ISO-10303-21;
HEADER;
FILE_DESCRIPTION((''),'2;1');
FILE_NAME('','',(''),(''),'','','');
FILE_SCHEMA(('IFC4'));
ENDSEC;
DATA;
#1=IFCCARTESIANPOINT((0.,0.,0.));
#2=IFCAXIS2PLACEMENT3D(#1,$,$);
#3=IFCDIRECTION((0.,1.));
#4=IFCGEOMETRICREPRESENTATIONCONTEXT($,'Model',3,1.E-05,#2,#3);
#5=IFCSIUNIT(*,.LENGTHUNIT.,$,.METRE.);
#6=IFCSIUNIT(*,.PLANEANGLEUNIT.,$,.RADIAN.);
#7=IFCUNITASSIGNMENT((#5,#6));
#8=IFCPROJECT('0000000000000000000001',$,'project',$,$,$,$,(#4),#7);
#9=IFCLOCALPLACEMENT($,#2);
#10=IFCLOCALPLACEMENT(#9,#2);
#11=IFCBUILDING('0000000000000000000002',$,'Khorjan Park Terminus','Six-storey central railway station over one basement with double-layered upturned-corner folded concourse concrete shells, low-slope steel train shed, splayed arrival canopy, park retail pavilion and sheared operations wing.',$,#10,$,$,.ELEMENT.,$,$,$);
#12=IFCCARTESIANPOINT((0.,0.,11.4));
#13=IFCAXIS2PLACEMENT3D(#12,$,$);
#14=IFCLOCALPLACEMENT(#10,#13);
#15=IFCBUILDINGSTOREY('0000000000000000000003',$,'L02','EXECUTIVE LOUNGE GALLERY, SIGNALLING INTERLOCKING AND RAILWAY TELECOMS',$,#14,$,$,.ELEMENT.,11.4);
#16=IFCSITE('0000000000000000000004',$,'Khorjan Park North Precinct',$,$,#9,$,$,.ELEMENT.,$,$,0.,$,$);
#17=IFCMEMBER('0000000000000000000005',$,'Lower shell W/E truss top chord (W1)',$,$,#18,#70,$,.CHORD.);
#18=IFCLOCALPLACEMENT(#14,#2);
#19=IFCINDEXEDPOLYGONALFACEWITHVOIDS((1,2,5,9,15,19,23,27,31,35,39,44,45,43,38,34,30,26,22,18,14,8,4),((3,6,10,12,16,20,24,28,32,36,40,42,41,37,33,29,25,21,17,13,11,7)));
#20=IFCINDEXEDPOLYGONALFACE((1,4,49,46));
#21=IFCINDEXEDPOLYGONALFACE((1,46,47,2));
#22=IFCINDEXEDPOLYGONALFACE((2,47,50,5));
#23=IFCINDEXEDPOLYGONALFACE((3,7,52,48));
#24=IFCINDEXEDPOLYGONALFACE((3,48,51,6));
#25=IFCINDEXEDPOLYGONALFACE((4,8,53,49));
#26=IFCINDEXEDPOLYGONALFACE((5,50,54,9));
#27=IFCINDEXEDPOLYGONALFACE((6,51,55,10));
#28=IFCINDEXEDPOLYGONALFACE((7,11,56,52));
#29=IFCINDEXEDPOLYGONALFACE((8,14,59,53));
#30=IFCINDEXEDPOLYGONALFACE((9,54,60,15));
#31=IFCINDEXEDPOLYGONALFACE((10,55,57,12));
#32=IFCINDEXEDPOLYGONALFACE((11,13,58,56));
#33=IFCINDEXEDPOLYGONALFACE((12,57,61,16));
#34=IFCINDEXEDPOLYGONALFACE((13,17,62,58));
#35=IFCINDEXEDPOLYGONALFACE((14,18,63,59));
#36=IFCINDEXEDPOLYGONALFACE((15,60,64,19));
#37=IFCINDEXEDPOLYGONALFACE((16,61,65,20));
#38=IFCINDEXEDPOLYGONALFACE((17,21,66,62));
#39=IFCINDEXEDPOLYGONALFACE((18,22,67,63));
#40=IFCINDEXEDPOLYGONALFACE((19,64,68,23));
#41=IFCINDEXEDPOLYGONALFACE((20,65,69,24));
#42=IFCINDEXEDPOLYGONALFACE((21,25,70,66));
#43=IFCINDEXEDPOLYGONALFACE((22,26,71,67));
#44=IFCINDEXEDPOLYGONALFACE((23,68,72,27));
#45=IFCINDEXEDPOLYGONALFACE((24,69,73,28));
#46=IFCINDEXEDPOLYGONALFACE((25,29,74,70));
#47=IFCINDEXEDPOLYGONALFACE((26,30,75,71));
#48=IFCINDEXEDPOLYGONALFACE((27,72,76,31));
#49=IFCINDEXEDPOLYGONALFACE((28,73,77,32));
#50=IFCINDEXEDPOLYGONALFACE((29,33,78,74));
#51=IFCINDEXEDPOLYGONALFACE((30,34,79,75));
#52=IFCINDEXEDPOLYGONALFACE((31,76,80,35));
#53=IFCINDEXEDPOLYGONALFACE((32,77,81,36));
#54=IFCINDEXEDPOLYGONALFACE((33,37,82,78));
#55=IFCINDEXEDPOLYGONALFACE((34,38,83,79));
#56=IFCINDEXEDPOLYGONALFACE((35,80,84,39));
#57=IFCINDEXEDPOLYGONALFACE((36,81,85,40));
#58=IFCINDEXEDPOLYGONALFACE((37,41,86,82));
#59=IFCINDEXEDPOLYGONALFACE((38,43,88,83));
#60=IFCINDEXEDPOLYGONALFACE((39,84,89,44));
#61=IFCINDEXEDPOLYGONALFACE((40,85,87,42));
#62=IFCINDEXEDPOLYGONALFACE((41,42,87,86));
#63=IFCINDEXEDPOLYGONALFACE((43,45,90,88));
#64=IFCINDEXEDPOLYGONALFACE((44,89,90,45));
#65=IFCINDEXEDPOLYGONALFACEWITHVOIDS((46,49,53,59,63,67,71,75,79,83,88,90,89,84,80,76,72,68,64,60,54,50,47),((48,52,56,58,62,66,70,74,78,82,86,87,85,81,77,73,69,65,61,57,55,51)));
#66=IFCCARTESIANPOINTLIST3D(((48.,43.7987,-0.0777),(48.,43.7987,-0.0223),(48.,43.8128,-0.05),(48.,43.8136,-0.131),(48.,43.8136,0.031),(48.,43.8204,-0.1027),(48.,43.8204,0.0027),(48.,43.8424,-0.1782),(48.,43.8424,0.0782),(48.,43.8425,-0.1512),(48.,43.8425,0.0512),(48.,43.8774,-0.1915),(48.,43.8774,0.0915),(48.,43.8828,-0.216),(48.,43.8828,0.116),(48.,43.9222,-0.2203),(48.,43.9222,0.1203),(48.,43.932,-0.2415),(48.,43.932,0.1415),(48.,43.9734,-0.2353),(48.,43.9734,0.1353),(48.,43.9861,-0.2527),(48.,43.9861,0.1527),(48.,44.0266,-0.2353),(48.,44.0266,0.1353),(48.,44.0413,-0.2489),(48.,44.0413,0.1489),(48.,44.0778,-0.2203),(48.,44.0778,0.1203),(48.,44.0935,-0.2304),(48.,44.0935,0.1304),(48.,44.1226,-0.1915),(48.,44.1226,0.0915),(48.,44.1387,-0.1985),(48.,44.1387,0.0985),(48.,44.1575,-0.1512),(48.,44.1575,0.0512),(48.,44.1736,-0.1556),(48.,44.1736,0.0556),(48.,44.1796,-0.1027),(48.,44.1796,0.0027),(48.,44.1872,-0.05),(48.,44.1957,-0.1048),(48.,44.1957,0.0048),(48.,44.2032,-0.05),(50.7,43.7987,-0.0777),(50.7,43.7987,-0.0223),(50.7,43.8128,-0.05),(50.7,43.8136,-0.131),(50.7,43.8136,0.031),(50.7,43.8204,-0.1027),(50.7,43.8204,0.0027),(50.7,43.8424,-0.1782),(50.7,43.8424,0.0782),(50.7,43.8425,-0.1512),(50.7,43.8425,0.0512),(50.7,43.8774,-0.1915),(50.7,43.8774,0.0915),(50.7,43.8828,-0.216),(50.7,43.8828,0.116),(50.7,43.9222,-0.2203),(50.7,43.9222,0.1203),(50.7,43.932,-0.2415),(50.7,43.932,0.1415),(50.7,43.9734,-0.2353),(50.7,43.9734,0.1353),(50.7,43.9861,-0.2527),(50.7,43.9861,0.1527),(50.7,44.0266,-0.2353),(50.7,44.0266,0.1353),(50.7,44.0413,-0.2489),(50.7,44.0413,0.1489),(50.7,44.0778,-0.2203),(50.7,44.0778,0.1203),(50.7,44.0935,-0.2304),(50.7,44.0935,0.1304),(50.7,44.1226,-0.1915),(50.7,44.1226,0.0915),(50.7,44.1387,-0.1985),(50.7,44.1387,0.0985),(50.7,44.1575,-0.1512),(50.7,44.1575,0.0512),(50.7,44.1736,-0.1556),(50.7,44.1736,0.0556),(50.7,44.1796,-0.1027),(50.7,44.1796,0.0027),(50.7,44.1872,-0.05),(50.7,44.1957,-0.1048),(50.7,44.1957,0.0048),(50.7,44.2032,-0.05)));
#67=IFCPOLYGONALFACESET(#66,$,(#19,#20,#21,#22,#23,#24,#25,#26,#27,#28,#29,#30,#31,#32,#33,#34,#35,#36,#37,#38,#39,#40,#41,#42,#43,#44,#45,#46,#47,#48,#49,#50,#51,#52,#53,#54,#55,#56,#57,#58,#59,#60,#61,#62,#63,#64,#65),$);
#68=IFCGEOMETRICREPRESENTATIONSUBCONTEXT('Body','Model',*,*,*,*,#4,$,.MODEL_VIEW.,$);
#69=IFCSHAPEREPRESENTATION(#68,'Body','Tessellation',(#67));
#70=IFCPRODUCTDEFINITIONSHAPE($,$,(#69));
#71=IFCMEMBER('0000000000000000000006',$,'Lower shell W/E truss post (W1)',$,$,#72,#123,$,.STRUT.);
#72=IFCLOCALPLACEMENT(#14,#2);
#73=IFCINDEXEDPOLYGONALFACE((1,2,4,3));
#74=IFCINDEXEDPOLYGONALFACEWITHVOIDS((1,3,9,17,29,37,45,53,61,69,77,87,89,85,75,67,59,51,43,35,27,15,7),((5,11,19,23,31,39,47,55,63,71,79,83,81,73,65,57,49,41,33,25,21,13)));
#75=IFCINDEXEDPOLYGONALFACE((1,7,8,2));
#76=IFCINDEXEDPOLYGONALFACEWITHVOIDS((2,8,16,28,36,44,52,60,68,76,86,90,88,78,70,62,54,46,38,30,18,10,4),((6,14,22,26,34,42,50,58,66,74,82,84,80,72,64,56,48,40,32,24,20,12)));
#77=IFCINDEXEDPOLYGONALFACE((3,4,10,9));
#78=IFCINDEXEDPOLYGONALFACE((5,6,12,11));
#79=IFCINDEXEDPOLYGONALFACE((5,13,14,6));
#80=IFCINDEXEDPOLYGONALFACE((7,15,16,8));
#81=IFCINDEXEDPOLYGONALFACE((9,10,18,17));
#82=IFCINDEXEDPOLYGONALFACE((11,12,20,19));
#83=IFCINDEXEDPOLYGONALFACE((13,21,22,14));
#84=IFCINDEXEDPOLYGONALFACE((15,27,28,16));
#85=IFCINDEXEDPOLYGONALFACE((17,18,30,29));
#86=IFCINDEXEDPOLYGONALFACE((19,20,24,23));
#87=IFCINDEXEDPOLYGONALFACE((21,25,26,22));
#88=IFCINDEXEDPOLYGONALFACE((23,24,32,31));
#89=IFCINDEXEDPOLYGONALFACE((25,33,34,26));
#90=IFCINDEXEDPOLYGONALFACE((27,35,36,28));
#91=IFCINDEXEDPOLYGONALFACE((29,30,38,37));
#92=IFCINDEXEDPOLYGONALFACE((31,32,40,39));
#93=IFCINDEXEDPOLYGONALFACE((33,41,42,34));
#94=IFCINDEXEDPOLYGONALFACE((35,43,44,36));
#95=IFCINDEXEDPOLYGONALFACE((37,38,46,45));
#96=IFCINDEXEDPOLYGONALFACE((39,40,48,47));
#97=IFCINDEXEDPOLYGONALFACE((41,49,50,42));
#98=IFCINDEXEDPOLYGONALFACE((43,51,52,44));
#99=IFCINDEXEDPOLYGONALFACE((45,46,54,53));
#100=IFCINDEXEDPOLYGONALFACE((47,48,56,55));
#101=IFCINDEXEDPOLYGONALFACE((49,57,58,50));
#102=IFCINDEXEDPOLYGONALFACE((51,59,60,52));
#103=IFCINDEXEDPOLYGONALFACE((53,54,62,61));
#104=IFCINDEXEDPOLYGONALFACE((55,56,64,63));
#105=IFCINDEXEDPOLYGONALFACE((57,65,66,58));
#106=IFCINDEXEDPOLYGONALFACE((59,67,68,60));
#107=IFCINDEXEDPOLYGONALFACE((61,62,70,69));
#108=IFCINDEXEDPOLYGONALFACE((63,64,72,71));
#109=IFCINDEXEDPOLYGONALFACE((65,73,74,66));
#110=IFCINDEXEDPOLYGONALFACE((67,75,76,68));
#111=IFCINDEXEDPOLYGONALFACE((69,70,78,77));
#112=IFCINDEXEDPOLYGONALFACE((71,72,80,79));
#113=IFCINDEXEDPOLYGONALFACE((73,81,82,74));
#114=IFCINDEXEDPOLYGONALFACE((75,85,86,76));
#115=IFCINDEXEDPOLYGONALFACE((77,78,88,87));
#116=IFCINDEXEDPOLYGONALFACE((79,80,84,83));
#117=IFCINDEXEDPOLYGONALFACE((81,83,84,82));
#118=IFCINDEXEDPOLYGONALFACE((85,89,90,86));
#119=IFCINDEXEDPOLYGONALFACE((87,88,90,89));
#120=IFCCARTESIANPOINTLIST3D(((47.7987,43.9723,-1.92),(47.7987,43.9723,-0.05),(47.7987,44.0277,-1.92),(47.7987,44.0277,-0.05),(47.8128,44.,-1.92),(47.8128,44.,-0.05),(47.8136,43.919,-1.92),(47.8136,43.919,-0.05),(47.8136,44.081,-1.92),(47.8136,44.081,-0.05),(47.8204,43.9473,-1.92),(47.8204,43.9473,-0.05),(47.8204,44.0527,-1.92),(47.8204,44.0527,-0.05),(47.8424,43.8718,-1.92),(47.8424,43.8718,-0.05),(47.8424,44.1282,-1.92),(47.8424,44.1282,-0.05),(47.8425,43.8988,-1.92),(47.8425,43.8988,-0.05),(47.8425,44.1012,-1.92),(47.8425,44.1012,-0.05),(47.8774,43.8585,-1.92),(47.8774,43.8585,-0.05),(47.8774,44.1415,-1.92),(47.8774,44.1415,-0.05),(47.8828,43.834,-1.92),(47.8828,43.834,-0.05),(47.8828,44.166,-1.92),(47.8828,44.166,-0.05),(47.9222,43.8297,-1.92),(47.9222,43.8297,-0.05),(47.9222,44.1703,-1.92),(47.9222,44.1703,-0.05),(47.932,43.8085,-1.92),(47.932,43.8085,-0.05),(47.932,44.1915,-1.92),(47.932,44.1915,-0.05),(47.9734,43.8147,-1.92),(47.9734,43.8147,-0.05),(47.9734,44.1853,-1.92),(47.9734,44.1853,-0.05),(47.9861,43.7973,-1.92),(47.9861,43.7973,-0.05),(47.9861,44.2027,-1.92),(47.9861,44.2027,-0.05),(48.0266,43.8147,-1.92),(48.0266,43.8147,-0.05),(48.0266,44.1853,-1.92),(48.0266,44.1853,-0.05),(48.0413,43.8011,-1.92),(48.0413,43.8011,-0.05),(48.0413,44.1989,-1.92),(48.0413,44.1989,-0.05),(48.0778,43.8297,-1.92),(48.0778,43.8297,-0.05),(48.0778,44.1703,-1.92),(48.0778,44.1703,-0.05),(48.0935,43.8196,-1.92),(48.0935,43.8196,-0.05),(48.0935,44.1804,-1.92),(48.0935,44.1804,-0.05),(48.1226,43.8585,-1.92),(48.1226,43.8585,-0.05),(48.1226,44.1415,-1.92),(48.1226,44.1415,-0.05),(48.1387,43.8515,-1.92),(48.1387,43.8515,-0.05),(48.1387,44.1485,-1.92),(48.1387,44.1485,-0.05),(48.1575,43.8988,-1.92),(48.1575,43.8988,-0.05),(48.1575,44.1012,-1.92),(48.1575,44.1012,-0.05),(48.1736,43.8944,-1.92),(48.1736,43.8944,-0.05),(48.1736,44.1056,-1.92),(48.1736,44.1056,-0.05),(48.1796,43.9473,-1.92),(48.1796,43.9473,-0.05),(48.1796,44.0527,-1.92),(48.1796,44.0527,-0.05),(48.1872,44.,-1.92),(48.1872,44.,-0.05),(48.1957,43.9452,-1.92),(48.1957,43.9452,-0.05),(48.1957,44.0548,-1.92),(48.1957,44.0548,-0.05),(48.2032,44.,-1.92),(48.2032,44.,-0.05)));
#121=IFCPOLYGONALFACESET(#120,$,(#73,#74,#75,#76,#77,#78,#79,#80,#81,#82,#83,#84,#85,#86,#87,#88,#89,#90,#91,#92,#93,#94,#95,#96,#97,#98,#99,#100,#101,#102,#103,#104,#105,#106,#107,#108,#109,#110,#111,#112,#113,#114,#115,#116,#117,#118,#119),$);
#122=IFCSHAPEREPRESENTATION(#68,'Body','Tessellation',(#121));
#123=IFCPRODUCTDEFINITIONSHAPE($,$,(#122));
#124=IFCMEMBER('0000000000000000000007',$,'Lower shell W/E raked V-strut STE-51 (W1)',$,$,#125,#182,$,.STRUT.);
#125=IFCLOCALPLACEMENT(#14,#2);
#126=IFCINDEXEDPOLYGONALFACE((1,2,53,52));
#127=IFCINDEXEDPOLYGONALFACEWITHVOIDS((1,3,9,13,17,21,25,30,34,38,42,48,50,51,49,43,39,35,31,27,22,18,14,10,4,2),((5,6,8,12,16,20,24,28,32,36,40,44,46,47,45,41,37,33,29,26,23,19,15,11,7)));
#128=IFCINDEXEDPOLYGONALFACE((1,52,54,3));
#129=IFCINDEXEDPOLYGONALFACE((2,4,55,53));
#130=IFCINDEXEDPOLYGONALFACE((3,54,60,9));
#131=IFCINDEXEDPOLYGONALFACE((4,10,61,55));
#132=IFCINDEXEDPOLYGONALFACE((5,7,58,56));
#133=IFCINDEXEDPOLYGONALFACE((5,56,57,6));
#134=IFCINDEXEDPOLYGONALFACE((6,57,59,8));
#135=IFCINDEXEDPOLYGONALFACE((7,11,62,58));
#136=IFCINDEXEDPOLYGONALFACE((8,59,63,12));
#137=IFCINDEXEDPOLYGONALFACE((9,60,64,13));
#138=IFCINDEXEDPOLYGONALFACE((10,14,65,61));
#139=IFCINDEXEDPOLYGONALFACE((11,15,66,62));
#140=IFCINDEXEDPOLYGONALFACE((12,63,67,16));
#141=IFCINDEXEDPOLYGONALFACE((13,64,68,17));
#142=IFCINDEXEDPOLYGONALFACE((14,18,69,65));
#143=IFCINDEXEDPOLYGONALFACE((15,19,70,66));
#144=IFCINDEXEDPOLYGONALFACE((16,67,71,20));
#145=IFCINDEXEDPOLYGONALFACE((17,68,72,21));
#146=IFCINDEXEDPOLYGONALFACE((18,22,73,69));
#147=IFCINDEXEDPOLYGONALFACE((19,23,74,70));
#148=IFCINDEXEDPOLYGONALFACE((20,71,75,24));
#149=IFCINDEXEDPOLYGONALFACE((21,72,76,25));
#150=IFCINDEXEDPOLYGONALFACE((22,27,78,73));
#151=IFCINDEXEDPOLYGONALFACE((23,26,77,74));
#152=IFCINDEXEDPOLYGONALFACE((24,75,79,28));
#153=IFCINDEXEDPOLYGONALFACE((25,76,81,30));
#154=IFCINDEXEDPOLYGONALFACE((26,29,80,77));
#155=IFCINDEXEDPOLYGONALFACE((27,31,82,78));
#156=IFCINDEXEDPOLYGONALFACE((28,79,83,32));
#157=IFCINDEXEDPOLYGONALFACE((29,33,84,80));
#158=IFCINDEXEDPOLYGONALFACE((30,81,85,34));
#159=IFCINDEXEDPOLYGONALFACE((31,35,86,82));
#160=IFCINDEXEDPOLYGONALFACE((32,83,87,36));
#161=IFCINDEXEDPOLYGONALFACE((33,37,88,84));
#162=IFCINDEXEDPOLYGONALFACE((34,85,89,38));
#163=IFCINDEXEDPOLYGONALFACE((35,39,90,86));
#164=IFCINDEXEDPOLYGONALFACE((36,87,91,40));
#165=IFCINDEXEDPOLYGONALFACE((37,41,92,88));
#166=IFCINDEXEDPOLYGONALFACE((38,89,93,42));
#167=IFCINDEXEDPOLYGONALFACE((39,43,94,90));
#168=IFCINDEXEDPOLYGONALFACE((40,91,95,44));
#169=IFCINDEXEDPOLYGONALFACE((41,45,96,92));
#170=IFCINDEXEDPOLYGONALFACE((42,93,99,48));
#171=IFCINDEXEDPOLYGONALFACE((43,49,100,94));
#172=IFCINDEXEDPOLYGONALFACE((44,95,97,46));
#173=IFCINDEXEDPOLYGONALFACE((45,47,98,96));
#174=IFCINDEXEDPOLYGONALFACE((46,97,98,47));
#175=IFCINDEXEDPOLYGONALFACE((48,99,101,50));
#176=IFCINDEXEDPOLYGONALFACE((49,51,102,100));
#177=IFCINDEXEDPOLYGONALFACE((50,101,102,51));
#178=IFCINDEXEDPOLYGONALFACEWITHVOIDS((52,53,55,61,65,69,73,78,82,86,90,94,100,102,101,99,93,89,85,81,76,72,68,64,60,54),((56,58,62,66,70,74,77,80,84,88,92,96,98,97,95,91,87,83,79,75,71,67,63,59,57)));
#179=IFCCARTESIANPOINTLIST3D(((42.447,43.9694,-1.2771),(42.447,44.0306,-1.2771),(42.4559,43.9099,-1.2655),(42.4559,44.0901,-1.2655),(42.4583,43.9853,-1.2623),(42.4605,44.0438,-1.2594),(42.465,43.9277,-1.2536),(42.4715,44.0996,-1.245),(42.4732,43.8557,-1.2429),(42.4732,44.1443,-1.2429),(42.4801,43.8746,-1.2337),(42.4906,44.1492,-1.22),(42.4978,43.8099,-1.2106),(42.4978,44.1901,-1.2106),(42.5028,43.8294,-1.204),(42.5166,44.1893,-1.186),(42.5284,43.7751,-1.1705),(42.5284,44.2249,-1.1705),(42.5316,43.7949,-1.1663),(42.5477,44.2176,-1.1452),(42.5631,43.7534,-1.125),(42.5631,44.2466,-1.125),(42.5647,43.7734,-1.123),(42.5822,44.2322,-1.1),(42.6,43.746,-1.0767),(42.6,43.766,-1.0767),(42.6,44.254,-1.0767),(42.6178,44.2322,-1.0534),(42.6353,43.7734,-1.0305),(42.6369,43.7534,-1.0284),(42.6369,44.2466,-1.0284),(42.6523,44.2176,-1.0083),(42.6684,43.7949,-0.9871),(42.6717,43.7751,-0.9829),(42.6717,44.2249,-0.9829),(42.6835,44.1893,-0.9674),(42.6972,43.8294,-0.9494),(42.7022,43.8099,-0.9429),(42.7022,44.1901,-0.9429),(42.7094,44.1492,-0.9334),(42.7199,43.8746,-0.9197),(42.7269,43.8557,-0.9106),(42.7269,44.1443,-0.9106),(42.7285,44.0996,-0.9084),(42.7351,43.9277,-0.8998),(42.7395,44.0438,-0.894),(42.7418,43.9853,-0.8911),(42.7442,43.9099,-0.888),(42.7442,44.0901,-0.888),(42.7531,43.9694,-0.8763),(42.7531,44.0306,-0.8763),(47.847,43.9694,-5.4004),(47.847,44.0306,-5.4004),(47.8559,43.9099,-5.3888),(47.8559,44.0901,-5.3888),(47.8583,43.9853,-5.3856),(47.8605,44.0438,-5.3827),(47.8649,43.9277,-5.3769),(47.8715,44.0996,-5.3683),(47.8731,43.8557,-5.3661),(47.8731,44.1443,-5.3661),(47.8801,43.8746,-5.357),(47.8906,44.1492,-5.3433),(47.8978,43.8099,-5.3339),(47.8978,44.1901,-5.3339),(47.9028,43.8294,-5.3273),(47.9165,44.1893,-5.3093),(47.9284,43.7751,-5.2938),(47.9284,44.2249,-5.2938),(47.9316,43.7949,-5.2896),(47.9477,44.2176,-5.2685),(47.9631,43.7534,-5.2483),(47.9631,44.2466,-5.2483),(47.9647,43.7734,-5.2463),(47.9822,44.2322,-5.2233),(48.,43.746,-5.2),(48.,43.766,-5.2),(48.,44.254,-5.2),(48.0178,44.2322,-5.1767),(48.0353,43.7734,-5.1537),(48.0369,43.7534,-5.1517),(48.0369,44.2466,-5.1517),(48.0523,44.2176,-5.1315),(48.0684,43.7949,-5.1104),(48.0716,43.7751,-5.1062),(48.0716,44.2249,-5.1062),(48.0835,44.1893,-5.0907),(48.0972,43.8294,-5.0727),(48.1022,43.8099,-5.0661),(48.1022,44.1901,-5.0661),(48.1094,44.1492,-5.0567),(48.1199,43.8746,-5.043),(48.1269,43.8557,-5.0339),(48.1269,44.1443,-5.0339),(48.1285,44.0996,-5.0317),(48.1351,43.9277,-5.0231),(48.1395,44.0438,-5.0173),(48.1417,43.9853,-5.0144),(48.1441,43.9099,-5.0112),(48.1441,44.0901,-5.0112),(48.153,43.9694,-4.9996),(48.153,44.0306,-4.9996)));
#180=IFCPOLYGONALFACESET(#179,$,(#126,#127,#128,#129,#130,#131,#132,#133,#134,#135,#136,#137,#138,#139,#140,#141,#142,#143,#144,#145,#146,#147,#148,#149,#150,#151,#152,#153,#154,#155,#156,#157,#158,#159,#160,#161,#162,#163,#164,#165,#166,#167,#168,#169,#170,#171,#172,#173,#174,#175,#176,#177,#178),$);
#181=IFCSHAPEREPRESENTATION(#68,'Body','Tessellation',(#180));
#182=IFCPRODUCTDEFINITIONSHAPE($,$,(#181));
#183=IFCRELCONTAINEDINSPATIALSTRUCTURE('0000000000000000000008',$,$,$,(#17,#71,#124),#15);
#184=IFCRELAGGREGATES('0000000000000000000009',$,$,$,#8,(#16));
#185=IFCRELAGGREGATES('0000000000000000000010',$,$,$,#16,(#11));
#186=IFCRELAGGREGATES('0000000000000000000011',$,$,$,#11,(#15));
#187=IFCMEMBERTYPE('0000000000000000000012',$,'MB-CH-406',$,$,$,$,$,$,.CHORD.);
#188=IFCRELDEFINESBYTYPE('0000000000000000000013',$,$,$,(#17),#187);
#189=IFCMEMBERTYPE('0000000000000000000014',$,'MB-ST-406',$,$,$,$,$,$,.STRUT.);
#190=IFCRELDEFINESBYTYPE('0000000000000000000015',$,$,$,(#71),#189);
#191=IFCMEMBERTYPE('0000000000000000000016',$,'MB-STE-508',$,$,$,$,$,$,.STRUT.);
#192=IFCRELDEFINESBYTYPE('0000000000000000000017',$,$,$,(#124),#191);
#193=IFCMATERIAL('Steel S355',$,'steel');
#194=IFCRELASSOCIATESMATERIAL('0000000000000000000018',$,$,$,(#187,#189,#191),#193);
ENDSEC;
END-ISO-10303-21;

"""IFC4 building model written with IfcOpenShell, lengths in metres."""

from ifc_helpers import new_model, si_unit, direction, frame, origin, origin_2d, place, context, subcontext, project, spatial, hollow_circle, extrude, material, material_profile, profile_set, type_object, element, save


model = new_model("IFC4")

# Units and contexts
model_context = context("Model", 3, precision=1e-05, world=origin(), true_north=direction((0.0, 1.0)))
body_context = subcontext(model_context, "Body", "Model", "MODEL_VIEW")
ifc_project = project(units=[si_unit("LENGTHUNIT", "METRE"), si_unit("PLANEANGLEUNIT", "RADIAN")], contexts=[model_context])

# Site, building, storey
site_placement = place(None, origin())
site = spatial("IfcSite", under=ifc_project, at=site_placement, Name="Khorjan Park North Precinct", CompositionType="ELEMENT", RefElevation=0.0)
building_placement = place(site_placement, origin())
building = spatial("IfcBuilding", under=site, at=building_placement, Name="Khorjan Park Terminus", Description="Six-storey central railway station over one basement with double-layered upturned-corner folded concourse concrete shells, low-slope steel train shed, splayed arrival canopy, park retail pavilion and sheared operations wing.", CompositionType="ELEMENT")
storey_placement = place(building_placement, frame((0.0, 0.0, 11.4)))
storey = spatial("IfcBuildingStorey", under=building, at=storey_placement, Name="L02", Description="EXECUTIVE LOUNGE GALLERY, SIGNALLING INTERLOCKING AND RAILWAY TELECOMS", CompositionType="ELEMENT", Elevation=11.4)

# Members
ifc_material_1 = material(Name="Steel S355", Category="steel")
ifc_material_profile_1 = material_profile(ifc_material_1, hollow_circle(Radius=0.2032, WallThickness=0.016, at=origin_2d()), Name="CHS 406.4x16")
ifc_profile_set_1 = profile_set([ifc_material_profile_1], Name="Steel S355")
member_type_1 = type_object("IfcMemberType", Name="MB-CH-406", PredefinedType="CHORD", material=ifc_profile_set_1)
member_1_placement = place(storey_placement, frame((48.0, 44.0, -0.05), z_axis=(1.0, 0.0, 0.0), x_axis=(0.0, 1.0, 0.0)))
element("IfcMember", 1, at=member_1_placement, inside=storey, type_object=member_type_1, Name="Lower shell W/E truss top chord (W1)", PredefinedType="CHORD", context=body_context, shape_type="SweptSolid", body=[
    extrude(hollow_circle(Radius=0.2032, WallThickness=0.016, at=origin_2d()), origin(), (0.0, 0.0, 1.0), 2.7),
])
ifc_material_profile_2 = material_profile(ifc_material_1, hollow_circle(Radius=0.2032, WallThickness=0.016, at=origin_2d()), Name="CHS 406.4x16")
ifc_profile_set_2 = profile_set([ifc_material_profile_2], Name="Steel S355")
member_type_2 = type_object("IfcMemberType", Name="MB-ST-406", PredefinedType="STRUT", material=ifc_profile_set_2)
member_2_placement = place(storey_placement, frame((48.0, 44.0, -1.92), z_axis=(0.0, 0.0, 1.0), x_axis=(1.0, 0.0, 0.0)))
element("IfcMember", 2, at=member_2_placement, inside=storey, type_object=member_type_2, Name="Lower shell W/E truss post (W1)", PredefinedType="STRUT", context=body_context, shape_type="SweptSolid", body=[
    extrude(hollow_circle(Radius=0.2032, WallThickness=0.016, at=origin_2d()), origin(), (0.0, 0.0, 1.0), 1.87),
])
ifc_material_profile_3 = material_profile(ifc_material_1, hollow_circle(Radius=0.254, WallThickness=0.02, at=origin_2d()), Name="CHS 508x20")
ifc_profile_set_3 = profile_set([ifc_material_profile_3], Name="Steel S355")
member_type_3 = type_object("IfcMemberType", Name="MB-STE-508", PredefinedType="STRUT", material=ifc_profile_set_3)
member_3_placement = place(storey_placement, frame((48.0, 44.0, -5.2), z_axis=(-0.794792, 0.0, 0.606882), x_axis=(0.0, -1.0, 0.0)))
element("IfcMember", 3, at=member_3_placement, inside=storey, type_object=member_type_3, Name="Lower shell W/E raked V-strut STE-51 (W1)", PredefinedType="STRUT", context=body_context, shape_type="SweptSolid", body=[
    extrude(hollow_circle(Radius=0.254, WallThickness=0.02, at=origin_2d()), origin(), (0.0, 0.0, 1.0), 6.7942),
])

save(model, "model.ifc")
